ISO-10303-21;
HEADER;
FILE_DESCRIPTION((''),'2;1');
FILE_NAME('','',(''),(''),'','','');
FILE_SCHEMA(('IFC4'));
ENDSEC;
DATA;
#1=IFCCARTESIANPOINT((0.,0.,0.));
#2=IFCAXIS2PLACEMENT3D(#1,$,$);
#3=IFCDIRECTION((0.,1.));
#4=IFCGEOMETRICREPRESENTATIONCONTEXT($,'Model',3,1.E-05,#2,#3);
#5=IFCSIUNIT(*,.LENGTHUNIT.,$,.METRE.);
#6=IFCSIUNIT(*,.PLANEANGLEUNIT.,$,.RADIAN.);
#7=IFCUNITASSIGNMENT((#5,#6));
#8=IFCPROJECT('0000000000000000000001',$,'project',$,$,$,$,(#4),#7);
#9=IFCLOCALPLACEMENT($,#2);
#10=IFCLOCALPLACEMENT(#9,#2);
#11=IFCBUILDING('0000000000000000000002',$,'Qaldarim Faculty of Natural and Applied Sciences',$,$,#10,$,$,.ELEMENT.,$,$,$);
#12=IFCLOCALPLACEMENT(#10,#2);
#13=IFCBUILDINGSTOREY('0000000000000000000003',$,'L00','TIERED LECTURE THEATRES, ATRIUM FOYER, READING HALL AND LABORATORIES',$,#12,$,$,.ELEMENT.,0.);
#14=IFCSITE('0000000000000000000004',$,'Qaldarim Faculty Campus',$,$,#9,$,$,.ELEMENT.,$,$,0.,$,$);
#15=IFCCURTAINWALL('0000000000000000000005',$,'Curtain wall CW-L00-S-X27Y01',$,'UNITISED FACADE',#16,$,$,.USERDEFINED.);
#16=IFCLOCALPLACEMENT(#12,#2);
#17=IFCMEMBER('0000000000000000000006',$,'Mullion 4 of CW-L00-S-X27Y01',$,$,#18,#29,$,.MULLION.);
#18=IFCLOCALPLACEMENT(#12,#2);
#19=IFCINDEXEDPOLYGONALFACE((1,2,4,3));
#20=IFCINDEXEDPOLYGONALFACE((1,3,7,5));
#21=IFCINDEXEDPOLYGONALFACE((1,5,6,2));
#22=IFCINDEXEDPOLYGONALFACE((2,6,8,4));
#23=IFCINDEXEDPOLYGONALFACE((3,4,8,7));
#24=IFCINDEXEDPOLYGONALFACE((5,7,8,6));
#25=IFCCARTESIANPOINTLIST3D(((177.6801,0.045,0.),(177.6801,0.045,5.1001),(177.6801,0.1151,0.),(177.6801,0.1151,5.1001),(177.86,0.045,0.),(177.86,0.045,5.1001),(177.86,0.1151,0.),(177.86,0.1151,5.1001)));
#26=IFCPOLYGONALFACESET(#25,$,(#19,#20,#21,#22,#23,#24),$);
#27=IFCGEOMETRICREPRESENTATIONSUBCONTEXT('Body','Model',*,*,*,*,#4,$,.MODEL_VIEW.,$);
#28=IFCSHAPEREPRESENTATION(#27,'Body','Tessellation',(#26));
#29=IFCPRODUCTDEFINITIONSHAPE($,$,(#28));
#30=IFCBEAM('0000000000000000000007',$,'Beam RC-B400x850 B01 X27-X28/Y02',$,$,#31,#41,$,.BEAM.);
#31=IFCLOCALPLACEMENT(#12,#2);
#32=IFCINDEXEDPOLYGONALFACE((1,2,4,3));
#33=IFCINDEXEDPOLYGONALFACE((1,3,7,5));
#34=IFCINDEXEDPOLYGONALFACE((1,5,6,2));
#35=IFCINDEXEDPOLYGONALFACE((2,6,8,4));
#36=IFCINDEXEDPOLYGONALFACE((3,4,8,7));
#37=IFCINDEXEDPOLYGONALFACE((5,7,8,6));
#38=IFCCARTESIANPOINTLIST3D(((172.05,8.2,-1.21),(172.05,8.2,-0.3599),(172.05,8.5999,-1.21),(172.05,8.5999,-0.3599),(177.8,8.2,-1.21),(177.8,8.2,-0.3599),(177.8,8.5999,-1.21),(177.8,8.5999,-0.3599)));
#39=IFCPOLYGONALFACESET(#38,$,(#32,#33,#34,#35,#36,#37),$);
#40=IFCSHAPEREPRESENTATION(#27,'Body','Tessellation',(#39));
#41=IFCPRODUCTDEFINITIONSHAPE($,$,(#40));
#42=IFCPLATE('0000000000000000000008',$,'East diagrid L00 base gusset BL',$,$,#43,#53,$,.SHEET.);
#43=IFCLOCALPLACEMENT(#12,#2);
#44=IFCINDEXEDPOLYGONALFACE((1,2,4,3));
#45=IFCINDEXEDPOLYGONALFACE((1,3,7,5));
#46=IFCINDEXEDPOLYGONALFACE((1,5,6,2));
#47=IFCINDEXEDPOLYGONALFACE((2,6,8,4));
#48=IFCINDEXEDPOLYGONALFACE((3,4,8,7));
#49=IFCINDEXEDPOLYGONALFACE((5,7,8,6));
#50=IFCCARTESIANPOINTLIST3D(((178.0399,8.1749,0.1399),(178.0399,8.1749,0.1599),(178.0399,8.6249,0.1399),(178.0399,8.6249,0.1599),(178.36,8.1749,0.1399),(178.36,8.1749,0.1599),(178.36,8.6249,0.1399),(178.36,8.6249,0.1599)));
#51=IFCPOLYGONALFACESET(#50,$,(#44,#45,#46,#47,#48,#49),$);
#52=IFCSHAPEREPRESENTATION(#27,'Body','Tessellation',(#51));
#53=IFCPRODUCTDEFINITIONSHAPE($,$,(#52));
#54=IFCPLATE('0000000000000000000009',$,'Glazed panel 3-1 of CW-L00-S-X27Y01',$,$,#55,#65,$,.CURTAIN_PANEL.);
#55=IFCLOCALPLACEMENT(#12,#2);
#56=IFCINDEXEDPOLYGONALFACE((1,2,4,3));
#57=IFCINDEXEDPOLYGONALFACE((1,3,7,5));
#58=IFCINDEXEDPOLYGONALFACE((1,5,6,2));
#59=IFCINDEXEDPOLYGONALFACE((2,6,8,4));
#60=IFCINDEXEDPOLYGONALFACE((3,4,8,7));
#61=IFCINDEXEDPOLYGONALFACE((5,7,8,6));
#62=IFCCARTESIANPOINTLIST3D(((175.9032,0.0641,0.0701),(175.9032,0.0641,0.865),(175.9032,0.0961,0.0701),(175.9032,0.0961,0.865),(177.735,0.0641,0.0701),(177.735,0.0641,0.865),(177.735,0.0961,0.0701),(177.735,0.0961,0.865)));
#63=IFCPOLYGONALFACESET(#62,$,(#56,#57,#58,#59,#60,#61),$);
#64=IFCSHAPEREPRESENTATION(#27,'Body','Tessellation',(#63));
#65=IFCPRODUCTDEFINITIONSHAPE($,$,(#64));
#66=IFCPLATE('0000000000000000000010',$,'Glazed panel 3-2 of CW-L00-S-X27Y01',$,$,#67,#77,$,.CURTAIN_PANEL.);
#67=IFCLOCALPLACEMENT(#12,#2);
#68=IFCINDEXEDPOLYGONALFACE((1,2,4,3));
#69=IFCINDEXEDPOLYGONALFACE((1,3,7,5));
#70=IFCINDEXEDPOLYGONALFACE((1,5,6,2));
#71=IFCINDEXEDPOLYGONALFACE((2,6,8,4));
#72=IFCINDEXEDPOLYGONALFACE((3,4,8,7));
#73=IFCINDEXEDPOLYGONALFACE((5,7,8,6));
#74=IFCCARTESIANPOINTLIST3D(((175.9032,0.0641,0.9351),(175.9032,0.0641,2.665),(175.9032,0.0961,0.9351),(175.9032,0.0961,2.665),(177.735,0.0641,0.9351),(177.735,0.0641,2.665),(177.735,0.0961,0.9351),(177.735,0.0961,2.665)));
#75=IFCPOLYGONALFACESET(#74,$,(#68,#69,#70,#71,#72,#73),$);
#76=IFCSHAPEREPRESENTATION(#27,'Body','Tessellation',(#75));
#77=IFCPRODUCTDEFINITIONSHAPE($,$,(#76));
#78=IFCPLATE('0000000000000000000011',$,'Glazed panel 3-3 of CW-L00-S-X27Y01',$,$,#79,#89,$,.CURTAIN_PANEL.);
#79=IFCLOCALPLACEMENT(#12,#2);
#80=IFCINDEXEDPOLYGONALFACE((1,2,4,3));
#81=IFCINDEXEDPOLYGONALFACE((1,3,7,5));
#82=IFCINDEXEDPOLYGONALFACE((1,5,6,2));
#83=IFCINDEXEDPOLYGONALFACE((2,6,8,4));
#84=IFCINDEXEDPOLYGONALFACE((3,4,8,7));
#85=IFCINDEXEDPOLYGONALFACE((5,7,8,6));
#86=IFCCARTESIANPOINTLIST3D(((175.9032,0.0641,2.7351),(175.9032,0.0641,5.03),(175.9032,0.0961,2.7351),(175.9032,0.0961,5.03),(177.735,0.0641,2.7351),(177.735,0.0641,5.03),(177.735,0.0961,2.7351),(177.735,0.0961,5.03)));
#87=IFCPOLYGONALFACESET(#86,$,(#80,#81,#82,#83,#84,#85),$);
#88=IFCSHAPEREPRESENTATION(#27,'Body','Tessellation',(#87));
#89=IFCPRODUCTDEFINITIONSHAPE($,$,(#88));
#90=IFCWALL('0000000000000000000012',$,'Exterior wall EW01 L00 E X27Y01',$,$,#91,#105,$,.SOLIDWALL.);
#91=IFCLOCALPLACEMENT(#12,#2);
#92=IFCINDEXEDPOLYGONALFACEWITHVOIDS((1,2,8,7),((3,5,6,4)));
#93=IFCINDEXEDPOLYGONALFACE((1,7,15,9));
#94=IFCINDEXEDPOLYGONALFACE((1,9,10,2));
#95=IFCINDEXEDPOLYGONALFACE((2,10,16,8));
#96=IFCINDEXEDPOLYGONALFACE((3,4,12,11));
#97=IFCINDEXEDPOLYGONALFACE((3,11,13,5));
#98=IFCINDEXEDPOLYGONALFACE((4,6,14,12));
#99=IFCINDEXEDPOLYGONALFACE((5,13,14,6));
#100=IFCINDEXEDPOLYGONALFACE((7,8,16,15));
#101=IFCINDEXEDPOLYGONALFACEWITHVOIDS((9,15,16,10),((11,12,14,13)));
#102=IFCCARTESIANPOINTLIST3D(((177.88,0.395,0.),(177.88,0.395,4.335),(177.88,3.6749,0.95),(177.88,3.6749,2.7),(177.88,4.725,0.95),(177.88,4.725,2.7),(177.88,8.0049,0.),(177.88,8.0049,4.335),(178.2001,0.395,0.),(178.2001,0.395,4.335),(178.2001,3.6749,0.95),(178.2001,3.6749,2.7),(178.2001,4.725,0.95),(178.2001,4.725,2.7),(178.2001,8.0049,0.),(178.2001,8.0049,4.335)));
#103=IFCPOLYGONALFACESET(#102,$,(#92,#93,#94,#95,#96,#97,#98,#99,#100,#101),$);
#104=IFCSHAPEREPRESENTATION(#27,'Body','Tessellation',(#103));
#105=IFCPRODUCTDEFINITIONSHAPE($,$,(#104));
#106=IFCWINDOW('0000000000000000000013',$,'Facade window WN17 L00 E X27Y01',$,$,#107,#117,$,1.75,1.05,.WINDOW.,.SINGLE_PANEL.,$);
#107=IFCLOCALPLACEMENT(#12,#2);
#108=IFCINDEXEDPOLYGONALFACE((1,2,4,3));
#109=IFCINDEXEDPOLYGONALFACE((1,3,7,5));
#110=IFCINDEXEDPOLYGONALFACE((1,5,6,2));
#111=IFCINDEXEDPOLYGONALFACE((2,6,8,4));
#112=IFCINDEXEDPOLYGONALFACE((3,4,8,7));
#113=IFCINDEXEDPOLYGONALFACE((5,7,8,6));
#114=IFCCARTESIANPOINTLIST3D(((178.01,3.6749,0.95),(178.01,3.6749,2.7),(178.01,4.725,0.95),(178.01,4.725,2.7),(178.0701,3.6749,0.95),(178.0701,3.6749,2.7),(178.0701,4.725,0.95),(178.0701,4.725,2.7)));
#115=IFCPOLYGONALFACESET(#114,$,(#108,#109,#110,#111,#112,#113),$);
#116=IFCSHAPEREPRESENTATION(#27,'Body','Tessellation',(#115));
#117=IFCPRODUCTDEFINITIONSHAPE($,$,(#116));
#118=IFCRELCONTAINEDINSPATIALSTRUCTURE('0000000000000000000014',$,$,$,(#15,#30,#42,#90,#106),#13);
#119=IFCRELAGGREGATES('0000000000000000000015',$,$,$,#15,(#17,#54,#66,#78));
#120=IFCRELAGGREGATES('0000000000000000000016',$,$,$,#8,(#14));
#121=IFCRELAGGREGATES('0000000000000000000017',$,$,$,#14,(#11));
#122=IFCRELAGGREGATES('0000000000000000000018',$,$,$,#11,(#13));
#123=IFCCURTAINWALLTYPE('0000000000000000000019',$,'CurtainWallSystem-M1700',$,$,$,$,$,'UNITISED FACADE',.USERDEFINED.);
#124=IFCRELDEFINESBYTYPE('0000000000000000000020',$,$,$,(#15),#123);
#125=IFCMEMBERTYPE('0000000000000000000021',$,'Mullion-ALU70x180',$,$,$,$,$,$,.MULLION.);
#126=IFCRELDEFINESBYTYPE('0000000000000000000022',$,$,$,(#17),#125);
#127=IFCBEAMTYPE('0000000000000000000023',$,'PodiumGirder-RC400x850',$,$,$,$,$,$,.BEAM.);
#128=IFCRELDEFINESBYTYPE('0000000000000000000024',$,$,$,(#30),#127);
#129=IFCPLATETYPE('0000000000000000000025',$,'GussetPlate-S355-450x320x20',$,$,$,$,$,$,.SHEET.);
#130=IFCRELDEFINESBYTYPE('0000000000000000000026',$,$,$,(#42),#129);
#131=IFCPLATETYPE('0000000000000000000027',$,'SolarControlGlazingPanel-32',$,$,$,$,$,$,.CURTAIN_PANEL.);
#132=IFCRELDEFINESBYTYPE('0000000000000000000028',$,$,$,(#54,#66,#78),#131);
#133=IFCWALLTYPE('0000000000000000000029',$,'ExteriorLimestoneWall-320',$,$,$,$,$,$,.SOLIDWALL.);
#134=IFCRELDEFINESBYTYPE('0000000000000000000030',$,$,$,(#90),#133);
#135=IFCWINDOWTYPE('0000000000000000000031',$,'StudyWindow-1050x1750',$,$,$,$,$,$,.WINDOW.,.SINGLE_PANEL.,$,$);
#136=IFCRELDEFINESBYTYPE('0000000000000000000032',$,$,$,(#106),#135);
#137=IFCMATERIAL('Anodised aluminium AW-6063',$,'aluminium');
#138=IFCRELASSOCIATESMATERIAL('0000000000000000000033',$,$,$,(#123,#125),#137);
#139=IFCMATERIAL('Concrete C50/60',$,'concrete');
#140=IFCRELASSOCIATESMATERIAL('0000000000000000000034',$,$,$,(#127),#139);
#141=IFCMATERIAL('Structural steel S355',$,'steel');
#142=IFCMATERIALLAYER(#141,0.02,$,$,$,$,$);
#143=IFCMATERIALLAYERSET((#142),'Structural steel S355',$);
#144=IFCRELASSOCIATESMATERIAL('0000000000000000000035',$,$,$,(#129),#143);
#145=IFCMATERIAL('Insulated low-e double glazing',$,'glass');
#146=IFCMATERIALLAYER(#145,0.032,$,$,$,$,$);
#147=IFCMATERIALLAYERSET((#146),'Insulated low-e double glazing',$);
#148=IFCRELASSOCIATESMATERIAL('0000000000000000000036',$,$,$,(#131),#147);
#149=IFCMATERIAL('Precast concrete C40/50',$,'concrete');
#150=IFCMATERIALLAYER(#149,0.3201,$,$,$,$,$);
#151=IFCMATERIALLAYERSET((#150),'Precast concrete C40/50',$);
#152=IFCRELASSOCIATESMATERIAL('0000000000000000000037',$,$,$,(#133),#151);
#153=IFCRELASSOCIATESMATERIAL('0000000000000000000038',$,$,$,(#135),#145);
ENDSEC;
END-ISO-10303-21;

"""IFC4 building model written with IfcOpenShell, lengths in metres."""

from ifc_helpers import new_model, si_unit, direction, frame, frame_2d, origin, origin_2d, place, context, subcontext, project, spatial, rectangle, extrude, material, layer, layer_set, material_profile, profile_set, type_object, element, fill, aggregate, save


model = new_model("IFC4")

# Units and contexts
model_context = context("Model", 3, precision=1e-05, world=origin(), true_north=direction((0.0, 1.0)))
body_context = subcontext(model_context, "Body", "Model", "MODEL_VIEW")
ifc_project = project(units=[si_unit("LENGTHUNIT", "METRE"), si_unit("PLANEANGLEUNIT", "RADIAN")], contexts=[model_context])

# Site, building, storey
site_placement = place(None, origin())
site = spatial("IfcSite", under=ifc_project, at=site_placement, Name="Qaldarim Faculty Campus", CompositionType="ELEMENT", RefElevation=0.0)
building_placement = place(site_placement, origin())
building = spatial("IfcBuilding", under=site, at=building_placement, Name="Qaldarim Faculty of Natural and Applied Sciences", CompositionType="ELEMENT")
storey_placement = place(building_placement, origin())
storey = spatial("IfcBuildingStorey", under=building, at=storey_placement, Name="L00", Description="TIERED LECTURE THEATRES, ATRIUM FOYER, READING HALL AND LABORATORIES", CompositionType="ELEMENT", Elevation=0.0)

# Shared definitions
ifc_material_1 = material(Name="Concrete C50/60", Category="concrete")

# Shared definitions
ifc_material_2 = material(Name="Structural steel S355", Category="steel")

# Curtain wall, member
ifc_material_3 = material(Name="Anodised aluminium AW-6063", Category="aluminium")
curtain_wall_type = type_object("IfcCurtainWallType", Name="CurtainWallSystem-M1700", ElementType="UNITISED FACADE", PredefinedType="USERDEFINED", material=ifc_material_3)
curtain_wall_placement = place(storey_placement, origin())
curtain_wall = element("IfcCurtainWall", 1, at=curtain_wall_placement, inside=storey, type_object=curtain_wall_type, Name="Curtain wall CW-L00-S-X27Y01", ObjectType="UNITISED FACADE", PredefinedType="USERDEFINED")
ifc_material_profile_1 = material_profile(ifc_material_3, rectangle(XDim=0.0701, YDim=0.1799, at=origin_2d()), Name="ALU-M70x180")
ifc_profile_set_1 = profile_set([ifc_material_profile_1], Name="Anodised aluminium AW-6063")
member_type_1 = type_object("IfcMemberType", Name="Mullion-ALU70x180", PredefinedType="MULLION", material=ifc_profile_set_1)
member_1_placement = place(storey_placement, frame((177.77, 0.0801, 0.0), z_axis=(0.0, 0.0, 1.0), x_axis=(0.0, 1.0, 0.0)))
member_1 = element("IfcMember", 2, at=member_1_placement, type_object=member_type_1, Name="Mullion 4 of CW-L00-S-X27Y01", PredefinedType="MULLION", context=body_context, shape_type="SweptSolid", body=[
    extrude(rectangle(XDim=0.0701, YDim=0.1799, at=origin_2d()), origin(), (0.0, 0.0, 1.0), 5.1001),
])

# Beam
ifc_material_profile_2 = material_profile(ifc_material_1, rectangle(XDim=0.3999, YDim=0.8501, at=origin_2d()), Name="RC-B400x850")
ifc_profile_set_2 = profile_set([ifc_material_profile_2], Name="Concrete C50/60")
beam_type_1 = type_object("IfcBeamType", Name="PodiumGirder-RC400x850", PredefinedType="BEAM", material=ifc_profile_set_2)
beam_1_placement = place(storey_placement, frame((172.05, 8.3999, -0.7849), z_axis=(1.0, 0.0, 0.0), x_axis=(0.0, 1.0, 0.0)))
element("IfcBeam", 3, at=beam_1_placement, inside=storey, type_object=beam_type_1, Name="Beam RC-B400x850 B01 X27-X28/Y02", PredefinedType="BEAM", context=body_context, shape_type="SweptSolid", body=[
    extrude(rectangle(XDim=0.3999, YDim=0.8501, at=origin_2d()), origin(), (0.0, 0.0, 1.0), 5.75),
])

# Plates
ifc_layer_1 = layer(ifc_material_2, 0.02)
ifc_layer_set_1 = layer_set([ifc_layer_1], Name="Structural steel S355")
plate_type_1 = type_object("IfcPlateType", Name="GussetPlate-S355-450x320x20", PredefinedType="SHEET", material=ifc_layer_set_1)
plate_1_placement = place(storey_placement, frame((178.2, 8.3999, 0.1399), z_axis=(0.0, 0.0, 1.0), x_axis=(0.0, 1.0, 0.0)))
element("IfcPlate", 4, at=plate_1_placement, inside=storey, type_object=plate_type_1, Name="East diagrid L00 base gusset BL", PredefinedType="SHEET", context=body_context, shape_type="SweptSolid", body=[
    extrude(rectangle(XDim=0.45, YDim=0.3201, at=origin_2d()), origin(), (0.0, 0.0, 1.0), 0.02),
])
ifc_material_4 = material(Name="Insulated low-e double glazing", Category="glass")
ifc_layer_2 = layer(ifc_material_4, 0.032)
ifc_layer_set_2 = layer_set([ifc_layer_2], Name="Insulated low-e double glazing")
plate_type_2 = type_object("IfcPlateType", Name="SolarControlGlazingPanel-32", PredefinedType="CURTAIN_PANEL", material=ifc_layer_set_2)
plate_2_placement = place(storey_placement, frame((176.8191, 0.0801, 0.0701), z_axis=(0.0, 0.0, 1.0), x_axis=(1.0, 0.0, 0.0)))
plate_2 = element("IfcPlate", 5, at=plate_2_placement, type_object=plate_type_2, Name="Glazed panel 3-1 of CW-L00-S-X27Y01", PredefinedType="CURTAIN_PANEL", context=body_context, shape_type="SweptSolid", body=[
    extrude(rectangle(XDim=1.8318, YDim=0.032, at=origin_2d()), origin(), (0.0, 0.0, 1.0), 0.7949),
])
plate_3_placement = place(storey_placement, frame((176.8191, 0.0801, 0.9351), z_axis=(0.0, 0.0, 1.0), x_axis=(1.0, 0.0, 0.0)))
plate_3 = element("IfcPlate", 6, at=plate_3_placement, type_object=plate_type_2, Name="Glazed panel 3-2 of CW-L00-S-X27Y01", PredefinedType="CURTAIN_PANEL", context=body_context, shape_type="SweptSolid", body=[
    extrude(rectangle(XDim=1.8318, YDim=0.032, at=origin_2d()), origin(), (0.0, 0.0, 1.0), 1.73),
])
plate_4_placement = place(storey_placement, frame((176.8191, 0.0801, 2.7351), z_axis=(0.0, 0.0, 1.0), x_axis=(1.0, 0.0, 0.0)))
plate_4 = element("IfcPlate", 7, at=plate_4_placement, type_object=plate_type_2, Name="Glazed panel 3-3 of CW-L00-S-X27Y01", PredefinedType="CURTAIN_PANEL", context=body_context, shape_type="SweptSolid", body=[
    extrude(rectangle(XDim=1.8318, YDim=0.032, at=origin_2d()), origin(), (0.0, 0.0, 1.0), 2.2949),
])
aggregate(curtain_wall, [member_1, plate_2, plate_3, plate_4])

# Wall, opening, window
ifc_material_5 = material(Name="Precast concrete C40/50", Category="concrete")
ifc_layer_3 = layer(ifc_material_5, 0.3201)
ifc_layer_set_3 = layer_set([ifc_layer_3], Name="Precast concrete C40/50")
wall_type = type_object("IfcWallType", Name="ExteriorLimestoneWall-320", PredefinedType="SOLIDWALL", material=ifc_layer_set_3)
wall_placement = place(storey_placement, frame((178.04, 0.395, 0.0), z_axis=(0.0, 0.0, 1.0), x_axis=(0.0, 1.0, 0.0)))
wall = element("IfcWall", 8, at=wall_placement, inside=storey, type_object=wall_type, Name="Exterior wall EW01 L00 E X27Y01", PredefinedType="SOLIDWALL", context=body_context, shape_type="SweptSolid", body=[
    extrude(rectangle(XDim=7.6099, YDim=0.3201, at=frame_2d((3.8049, 0.0))), origin(), (0.0, 0.0, 1.0), 4.335),
])
opening_placement = place(wall_placement, frame((3.28, 0.0, 0.95)))
opening = element("IfcOpeningElement", 9, at=opening_placement, cuts=wall, PredefinedType="OPENING", context=body_context, shape_type="SweptSolid", body=[
    extrude(rectangle(XDim=1.05, YDim=1.75, at=frame_2d((0.5249, 0.875))), frame((0.0, 0.1699, 0.0), z_axis=(0.0, -1.0, 0.0), x_axis=(1.0, 0.0, 0.0)), (0.0, 0.0, 1.0), 0.3401),
])
window_type = type_object("IfcWindowType", Name="StudyWindow-1050x1750", PartitioningType="SINGLE_PANEL", PredefinedType="WINDOW", material=ifc_material_4)
window_placement = place(opening_placement, origin())
window = element("IfcWindow", 10, at=window_placement, inside=storey, type_object=window_type, Name="Facade window WN17 L00 E X27Y01", OverallHeight=1.75, OverallWidth=1.05, PartitioningType="SINGLE_PANEL", PredefinedType="WINDOW", context=body_context, shape_type="SweptSolid", body=[
    extrude(rectangle(XDim=1.05, YDim=1.75, at=frame_2d((0.5249, 0.875))), frame((0.0, 0.03, 0.0), z_axis=(0.0, -1.0, 0.0), x_axis=(1.0, 0.0, 0.0)), (0.0, 0.0, 1.0), 0.0601),
])
fill(opening, window)

save(model, "model.ifc")
